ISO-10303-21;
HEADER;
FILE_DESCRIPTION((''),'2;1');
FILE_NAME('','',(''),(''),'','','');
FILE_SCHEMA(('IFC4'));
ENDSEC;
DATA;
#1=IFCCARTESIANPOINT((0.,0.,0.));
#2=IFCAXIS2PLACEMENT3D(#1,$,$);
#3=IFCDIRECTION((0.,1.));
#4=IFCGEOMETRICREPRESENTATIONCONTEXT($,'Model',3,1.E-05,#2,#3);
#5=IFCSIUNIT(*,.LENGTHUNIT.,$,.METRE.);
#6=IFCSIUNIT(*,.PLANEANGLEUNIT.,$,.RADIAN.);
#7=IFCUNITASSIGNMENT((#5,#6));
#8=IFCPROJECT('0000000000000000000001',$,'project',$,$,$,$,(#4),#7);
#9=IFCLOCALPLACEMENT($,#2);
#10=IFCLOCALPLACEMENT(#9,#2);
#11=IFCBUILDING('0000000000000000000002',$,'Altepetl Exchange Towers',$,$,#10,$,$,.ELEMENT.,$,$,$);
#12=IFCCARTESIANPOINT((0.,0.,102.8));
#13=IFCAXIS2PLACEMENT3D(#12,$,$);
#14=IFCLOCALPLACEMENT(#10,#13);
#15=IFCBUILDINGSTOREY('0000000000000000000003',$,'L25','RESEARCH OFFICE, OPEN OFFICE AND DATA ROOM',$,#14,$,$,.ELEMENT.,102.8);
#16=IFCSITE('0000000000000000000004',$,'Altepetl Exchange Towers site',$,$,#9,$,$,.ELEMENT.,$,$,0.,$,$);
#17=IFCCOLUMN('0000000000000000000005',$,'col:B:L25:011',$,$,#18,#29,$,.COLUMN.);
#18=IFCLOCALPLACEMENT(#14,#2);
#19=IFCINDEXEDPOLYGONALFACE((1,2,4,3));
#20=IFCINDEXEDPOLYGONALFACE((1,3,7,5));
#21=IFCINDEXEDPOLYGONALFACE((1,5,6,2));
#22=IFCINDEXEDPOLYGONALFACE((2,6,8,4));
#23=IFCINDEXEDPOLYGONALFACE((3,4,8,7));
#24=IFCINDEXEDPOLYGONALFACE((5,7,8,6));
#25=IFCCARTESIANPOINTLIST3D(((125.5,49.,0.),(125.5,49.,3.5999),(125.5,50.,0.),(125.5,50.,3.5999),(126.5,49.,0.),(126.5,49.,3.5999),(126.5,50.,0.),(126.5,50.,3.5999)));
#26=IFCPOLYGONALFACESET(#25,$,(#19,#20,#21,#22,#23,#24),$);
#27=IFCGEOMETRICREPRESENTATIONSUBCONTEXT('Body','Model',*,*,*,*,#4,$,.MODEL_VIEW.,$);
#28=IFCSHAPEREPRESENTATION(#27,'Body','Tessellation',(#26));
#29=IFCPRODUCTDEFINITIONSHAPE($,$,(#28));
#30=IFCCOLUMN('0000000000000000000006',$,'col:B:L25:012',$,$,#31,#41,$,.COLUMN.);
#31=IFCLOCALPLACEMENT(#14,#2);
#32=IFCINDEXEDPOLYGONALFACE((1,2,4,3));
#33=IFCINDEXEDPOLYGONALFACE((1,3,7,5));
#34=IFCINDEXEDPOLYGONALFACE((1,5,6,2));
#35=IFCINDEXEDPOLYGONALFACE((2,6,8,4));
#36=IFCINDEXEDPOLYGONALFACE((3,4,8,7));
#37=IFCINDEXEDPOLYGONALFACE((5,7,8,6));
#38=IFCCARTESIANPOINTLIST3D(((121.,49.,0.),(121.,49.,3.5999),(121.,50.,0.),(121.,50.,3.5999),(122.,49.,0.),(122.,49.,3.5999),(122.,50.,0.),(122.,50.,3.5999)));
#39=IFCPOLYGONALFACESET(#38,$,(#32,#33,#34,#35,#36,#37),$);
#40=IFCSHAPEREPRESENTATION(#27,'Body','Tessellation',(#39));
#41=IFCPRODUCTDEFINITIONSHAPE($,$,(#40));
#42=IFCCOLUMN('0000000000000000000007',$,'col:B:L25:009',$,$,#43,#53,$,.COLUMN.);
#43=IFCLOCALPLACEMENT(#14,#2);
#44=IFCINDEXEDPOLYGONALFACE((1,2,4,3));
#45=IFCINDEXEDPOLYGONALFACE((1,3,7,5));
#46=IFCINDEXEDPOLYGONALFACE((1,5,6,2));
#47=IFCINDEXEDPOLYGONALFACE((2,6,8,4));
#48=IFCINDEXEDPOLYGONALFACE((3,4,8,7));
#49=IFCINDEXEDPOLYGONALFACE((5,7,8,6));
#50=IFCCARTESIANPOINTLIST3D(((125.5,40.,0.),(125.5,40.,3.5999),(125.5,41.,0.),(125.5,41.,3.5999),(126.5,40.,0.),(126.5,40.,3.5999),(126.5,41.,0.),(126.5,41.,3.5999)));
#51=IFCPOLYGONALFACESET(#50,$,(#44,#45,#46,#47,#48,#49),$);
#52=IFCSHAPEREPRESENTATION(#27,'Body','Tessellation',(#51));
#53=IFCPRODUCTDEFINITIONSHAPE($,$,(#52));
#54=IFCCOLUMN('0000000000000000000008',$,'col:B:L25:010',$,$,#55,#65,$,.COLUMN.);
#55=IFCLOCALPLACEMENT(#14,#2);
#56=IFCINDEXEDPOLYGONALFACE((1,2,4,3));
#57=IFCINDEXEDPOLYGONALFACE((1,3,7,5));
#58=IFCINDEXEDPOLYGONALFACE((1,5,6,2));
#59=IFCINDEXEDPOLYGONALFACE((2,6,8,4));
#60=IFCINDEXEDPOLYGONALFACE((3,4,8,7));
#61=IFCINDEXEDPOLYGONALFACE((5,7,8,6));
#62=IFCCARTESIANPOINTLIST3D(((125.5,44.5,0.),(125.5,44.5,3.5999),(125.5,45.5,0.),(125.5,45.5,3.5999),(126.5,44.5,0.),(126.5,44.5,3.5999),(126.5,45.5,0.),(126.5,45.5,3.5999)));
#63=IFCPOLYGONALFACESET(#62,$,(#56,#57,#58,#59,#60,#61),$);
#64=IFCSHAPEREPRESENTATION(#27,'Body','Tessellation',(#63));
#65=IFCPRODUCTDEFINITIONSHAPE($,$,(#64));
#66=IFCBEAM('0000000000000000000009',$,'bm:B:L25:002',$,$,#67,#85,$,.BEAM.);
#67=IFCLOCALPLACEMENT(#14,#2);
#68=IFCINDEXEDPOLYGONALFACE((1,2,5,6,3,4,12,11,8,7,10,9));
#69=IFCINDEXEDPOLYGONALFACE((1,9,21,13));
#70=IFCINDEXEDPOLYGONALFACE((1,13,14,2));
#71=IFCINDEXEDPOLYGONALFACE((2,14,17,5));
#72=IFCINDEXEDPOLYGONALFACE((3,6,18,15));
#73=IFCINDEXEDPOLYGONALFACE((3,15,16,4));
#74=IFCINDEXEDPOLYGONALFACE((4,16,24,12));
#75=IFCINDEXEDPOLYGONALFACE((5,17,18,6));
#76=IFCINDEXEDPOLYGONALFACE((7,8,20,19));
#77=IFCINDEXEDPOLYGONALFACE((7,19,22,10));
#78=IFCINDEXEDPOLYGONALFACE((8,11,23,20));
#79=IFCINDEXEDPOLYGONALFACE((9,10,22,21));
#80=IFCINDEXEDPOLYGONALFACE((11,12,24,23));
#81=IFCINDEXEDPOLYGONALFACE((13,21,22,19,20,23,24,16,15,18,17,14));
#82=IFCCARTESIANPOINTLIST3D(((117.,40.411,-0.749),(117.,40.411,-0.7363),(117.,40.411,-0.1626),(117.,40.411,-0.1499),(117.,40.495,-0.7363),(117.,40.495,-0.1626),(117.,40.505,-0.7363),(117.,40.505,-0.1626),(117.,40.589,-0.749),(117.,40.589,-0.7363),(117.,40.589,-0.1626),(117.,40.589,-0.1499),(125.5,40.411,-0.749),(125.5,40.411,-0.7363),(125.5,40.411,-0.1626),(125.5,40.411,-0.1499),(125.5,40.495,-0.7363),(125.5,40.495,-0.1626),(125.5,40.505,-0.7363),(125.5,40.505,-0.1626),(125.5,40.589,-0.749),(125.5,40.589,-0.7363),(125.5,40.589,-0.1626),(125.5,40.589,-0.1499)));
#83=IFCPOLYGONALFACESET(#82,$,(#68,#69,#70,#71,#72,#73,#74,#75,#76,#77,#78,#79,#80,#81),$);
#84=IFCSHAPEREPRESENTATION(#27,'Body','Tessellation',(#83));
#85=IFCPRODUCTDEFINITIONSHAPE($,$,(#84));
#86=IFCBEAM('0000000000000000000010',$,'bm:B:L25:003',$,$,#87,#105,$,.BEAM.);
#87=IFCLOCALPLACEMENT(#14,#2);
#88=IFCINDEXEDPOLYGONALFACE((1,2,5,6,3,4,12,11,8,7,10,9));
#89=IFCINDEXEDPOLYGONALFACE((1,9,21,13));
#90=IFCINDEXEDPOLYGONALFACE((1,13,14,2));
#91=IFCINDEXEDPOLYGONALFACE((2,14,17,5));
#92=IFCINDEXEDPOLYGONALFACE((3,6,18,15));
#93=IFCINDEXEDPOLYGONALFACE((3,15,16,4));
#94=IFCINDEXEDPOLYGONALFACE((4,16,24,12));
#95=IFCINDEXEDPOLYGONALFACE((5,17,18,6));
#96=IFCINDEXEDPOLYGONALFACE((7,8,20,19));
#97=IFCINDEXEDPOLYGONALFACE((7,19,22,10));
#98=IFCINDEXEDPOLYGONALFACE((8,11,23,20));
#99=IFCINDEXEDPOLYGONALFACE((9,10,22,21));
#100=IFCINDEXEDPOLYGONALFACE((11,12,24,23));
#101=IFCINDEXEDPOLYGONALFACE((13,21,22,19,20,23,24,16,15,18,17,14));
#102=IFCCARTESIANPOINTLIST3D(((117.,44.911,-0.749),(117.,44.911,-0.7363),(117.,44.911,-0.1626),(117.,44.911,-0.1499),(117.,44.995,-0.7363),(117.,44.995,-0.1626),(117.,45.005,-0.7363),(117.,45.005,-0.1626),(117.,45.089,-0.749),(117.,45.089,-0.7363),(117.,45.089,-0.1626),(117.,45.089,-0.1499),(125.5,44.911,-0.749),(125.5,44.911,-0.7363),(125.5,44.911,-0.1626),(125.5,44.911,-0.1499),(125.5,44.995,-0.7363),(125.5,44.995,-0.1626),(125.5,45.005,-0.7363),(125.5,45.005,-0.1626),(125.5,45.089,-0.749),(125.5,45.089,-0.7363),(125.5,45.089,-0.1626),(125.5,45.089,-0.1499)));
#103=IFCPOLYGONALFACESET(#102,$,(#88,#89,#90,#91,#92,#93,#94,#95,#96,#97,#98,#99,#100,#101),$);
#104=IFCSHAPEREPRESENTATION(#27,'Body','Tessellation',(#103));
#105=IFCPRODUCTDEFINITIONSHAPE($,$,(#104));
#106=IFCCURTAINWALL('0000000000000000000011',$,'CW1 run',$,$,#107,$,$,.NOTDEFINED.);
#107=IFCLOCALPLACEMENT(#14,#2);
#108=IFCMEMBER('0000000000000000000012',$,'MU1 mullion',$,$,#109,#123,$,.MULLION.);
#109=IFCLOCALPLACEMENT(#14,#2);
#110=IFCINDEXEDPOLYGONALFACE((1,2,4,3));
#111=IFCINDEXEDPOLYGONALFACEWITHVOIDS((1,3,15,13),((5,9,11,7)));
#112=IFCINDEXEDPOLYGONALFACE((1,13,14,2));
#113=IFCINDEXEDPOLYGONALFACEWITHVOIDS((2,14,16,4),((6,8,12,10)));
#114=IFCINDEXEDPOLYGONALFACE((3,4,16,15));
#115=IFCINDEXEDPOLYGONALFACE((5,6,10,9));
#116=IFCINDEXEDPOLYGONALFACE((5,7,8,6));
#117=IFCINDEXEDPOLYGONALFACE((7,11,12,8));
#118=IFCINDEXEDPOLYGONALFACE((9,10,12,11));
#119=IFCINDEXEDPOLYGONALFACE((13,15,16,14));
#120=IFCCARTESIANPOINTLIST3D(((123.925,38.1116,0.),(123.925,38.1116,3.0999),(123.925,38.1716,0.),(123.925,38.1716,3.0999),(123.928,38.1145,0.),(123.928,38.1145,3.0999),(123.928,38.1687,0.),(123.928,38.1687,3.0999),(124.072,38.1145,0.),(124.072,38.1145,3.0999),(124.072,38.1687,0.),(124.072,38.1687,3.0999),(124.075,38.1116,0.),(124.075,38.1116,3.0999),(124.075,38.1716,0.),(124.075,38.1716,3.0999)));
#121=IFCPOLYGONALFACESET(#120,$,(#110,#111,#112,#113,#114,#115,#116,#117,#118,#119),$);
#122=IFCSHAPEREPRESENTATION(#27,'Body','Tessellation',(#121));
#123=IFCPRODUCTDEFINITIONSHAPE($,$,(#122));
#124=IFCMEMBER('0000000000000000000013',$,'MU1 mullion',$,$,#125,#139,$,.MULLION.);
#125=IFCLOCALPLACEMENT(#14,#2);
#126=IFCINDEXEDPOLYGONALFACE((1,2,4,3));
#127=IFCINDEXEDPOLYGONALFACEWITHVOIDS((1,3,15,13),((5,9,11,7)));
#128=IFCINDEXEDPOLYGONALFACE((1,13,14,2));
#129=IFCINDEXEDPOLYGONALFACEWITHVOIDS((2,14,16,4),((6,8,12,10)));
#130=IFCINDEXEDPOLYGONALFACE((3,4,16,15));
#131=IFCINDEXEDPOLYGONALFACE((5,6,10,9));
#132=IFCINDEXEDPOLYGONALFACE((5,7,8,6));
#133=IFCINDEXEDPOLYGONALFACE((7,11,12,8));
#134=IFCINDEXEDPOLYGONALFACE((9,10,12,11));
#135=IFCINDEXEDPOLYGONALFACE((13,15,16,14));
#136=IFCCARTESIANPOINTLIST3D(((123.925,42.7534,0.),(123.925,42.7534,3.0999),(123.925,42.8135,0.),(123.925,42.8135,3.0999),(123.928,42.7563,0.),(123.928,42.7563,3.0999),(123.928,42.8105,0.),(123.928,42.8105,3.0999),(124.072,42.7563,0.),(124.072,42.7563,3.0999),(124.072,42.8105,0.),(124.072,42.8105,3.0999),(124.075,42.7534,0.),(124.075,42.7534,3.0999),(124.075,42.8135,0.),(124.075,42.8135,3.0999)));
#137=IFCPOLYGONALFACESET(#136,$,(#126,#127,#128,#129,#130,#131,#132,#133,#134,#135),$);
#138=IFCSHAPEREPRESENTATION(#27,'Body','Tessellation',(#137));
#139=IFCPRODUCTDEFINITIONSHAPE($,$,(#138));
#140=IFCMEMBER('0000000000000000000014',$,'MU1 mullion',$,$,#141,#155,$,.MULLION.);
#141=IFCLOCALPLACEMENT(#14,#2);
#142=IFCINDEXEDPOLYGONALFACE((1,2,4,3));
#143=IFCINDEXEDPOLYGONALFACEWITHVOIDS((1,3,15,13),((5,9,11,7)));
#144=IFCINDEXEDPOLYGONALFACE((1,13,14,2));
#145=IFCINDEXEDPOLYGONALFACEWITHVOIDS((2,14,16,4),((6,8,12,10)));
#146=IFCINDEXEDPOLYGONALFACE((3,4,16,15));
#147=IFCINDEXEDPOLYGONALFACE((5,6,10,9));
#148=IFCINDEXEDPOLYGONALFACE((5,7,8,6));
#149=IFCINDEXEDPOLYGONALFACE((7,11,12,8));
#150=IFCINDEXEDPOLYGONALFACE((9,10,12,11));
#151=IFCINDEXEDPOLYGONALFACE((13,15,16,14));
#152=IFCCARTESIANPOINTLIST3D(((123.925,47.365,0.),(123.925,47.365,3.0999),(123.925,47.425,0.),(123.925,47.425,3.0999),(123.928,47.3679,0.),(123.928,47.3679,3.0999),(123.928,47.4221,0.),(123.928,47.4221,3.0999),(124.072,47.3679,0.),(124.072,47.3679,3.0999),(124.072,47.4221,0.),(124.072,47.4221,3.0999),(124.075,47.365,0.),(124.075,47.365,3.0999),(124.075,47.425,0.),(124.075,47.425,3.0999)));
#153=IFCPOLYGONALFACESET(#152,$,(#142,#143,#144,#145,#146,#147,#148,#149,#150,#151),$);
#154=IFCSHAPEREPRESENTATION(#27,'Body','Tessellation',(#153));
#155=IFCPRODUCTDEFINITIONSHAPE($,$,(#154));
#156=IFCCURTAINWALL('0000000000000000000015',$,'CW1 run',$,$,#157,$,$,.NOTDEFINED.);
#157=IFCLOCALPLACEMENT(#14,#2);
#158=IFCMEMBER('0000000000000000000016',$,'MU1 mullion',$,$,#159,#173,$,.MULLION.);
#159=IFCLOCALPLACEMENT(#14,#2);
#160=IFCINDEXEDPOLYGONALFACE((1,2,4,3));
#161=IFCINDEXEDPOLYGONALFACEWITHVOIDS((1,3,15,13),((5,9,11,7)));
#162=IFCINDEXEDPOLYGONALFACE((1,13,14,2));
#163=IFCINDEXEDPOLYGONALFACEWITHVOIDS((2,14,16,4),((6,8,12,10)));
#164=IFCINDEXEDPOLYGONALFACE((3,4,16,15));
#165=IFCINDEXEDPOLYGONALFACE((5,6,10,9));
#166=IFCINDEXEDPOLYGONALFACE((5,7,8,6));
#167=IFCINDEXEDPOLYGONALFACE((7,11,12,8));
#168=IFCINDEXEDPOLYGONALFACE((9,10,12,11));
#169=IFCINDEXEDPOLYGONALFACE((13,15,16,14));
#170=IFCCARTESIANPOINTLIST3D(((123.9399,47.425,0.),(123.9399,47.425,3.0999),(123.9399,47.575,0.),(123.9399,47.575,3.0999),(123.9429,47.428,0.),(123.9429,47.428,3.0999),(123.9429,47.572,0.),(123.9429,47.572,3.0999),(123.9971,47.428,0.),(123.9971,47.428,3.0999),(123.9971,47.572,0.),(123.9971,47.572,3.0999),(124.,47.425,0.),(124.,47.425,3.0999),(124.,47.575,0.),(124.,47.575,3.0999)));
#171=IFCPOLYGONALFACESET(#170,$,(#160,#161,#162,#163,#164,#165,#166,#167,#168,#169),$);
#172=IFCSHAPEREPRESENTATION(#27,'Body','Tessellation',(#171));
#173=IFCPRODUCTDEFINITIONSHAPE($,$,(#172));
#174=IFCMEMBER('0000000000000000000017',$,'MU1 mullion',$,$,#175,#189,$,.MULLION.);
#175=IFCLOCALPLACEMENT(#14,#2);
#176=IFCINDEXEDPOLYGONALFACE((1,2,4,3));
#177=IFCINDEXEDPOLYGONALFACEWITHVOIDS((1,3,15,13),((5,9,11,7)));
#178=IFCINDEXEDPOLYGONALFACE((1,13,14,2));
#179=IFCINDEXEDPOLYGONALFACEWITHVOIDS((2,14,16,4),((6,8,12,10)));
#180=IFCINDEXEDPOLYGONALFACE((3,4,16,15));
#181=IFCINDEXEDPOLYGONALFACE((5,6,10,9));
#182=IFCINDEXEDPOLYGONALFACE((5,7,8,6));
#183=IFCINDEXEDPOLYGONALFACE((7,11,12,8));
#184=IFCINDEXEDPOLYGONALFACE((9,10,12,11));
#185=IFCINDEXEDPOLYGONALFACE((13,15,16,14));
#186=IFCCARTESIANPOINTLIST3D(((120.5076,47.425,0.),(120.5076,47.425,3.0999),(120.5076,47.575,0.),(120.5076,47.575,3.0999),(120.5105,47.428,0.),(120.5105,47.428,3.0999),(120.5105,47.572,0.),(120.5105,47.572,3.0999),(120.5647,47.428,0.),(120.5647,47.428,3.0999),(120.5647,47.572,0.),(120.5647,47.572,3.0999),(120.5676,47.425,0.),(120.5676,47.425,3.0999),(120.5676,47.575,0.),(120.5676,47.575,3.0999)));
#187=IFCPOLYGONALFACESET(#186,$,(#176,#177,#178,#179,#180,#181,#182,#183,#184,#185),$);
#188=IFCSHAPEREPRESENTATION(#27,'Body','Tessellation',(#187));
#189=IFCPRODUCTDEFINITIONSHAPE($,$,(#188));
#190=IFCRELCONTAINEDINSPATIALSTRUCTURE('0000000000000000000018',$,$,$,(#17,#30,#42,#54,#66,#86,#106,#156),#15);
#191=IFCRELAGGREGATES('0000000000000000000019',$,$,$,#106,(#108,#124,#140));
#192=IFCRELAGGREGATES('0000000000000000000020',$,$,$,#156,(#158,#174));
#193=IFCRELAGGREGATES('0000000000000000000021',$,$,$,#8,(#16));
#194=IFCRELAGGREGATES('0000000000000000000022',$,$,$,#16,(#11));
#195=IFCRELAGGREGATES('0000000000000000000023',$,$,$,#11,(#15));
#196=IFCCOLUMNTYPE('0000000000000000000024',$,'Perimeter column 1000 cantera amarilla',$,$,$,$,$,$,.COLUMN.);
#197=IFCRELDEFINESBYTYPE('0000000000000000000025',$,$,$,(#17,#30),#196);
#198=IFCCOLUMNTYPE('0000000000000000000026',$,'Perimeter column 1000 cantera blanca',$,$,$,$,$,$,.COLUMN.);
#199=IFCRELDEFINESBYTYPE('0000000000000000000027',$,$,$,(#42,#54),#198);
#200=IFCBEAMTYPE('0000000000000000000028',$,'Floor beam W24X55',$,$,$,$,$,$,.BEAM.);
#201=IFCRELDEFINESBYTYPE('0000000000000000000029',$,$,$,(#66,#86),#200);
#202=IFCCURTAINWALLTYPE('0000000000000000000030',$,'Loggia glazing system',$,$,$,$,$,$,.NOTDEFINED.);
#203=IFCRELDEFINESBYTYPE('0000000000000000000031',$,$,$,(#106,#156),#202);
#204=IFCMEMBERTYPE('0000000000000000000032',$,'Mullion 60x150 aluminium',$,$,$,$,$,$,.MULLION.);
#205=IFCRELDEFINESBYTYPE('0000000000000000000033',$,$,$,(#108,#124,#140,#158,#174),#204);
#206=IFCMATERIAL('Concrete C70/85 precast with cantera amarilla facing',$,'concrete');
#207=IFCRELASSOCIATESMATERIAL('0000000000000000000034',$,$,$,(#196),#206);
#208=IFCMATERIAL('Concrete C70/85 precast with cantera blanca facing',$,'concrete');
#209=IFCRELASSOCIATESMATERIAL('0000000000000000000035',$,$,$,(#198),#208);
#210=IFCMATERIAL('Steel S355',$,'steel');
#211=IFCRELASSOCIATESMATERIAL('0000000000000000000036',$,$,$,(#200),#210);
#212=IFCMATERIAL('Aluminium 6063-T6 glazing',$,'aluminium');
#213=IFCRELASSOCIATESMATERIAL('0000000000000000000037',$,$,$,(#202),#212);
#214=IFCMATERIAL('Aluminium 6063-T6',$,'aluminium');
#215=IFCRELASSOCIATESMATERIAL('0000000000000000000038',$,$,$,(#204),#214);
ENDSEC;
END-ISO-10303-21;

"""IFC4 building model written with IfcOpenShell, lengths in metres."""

from ifc_helpers import new_model, si_unit, direction, frame, origin, origin_2d, place, context, subcontext, project, spatial, rectangle, hollow_rectangle, i_section, extrude, material, material_profile, profile_set, type_object, element, aggregate, save


model = new_model("IFC4")

# Units and contexts
model_context = context("Model", 3, precision=1e-05, world=origin(), true_north=direction((0.0, 1.0)))
body_context = subcontext(model_context, "Body", "Model", "MODEL_VIEW")
ifc_project = project(units=[si_unit("LENGTHUNIT", "METRE"), si_unit("PLANEANGLEUNIT", "RADIAN")], contexts=[model_context])

# Site, building, storey
site_placement = place(None, origin())
site = spatial("IfcSite", under=ifc_project, at=site_placement, Name="Altepetl Exchange Towers site", CompositionType="ELEMENT", RefElevation=0.0)
building_placement = place(site_placement, origin())
building = spatial("IfcBuilding", under=site, at=building_placement, Name="Altepetl Exchange Towers", CompositionType="ELEMENT")
storey_placement = place(building_placement, frame((0.0, 0.0, 102.8)))
storey = spatial("IfcBuildingStorey", under=building, at=storey_placement, Name="L25", Description="RESEARCH OFFICE, OPEN OFFICE AND DATA ROOM", CompositionType="ELEMENT", Elevation=102.8)

# Columns
ifc_material_1 = material(Name="Concrete C70/85 precast with cantera amarilla facing", Category="concrete")
ifc_material_profile_1 = material_profile(ifc_material_1, rectangle(XDim=1.0, YDim=1.0, at=origin_2d()), Name="1000 x 1000")
ifc_profile_set_1 = profile_set([ifc_material_profile_1], Name="Concrete C70/85 precast with cantera amarilla facing")
column_type_1 = type_object("IfcColumnType", Name="Perimeter column 1000 cantera amarilla", PredefinedType="COLUMN", material=ifc_profile_set_1)
for number, where, name in (
    (1, (126.0, 49.5, 0.0), "col:B:L25:011"),
    (2, (121.5, 49.5, 0.0), "col:B:L25:012"),
):
    element("IfcColumn", number, at=place(storey_placement, frame(where)), inside=storey, type_object=column_type_1, Name=name, PredefinedType="COLUMN", context=body_context, shape_type="SweptSolid", body=[
        extrude(rectangle(XDim=1.0, YDim=1.0, at=origin_2d()), origin(), (0.0, 0.0, 1.0), 3.5999),
    ])
ifc_material_2 = material(Name="Concrete C70/85 precast with cantera blanca facing", Category="concrete")
ifc_material_profile_2 = material_profile(ifc_material_2, rectangle(XDim=1.0, YDim=1.0, at=origin_2d()), Name="1000 x 1000")
ifc_profile_set_2 = profile_set([ifc_material_profile_2], Name="Concrete C70/85 precast with cantera blanca facing")
column_type_2 = type_object("IfcColumnType", Name="Perimeter column 1000 cantera blanca", PredefinedType="COLUMN", material=ifc_profile_set_2)
for number, where, name in (
    (3, (126.0, 40.5, 0.0), "col:B:L25:009"),
    (4, (126.0, 45.0, 0.0), "col:B:L25:010"),
):
    element("IfcColumn", number, at=place(storey_placement, frame(where)), inside=storey, type_object=column_type_2, Name=name, PredefinedType="COLUMN", context=body_context, shape_type="SweptSolid", body=[
        extrude(rectangle(XDim=1.0, YDim=1.0, at=origin_2d()), origin(), (0.0, 0.0, 1.0), 3.5999),
    ])

# Beams
ifc_material_3 = material(Name="Steel S355", Category="steel")
ifc_material_profile_3 = material_profile(ifc_material_3, i_section(OverallWidth=0.178, OverallDepth=0.5991, WebThickness=0.01, FlangeThickness=0.0127, at=origin_2d()), Name="W24X55")
ifc_profile_set_3 = profile_set([ifc_material_profile_3], Name="Steel S355")
beam_type_1 = type_object("IfcBeamType", Name="Floor beam W24X55", PredefinedType="BEAM", material=ifc_profile_set_3)
for number, where, z_axis, x_axis, name in (
    (5, (117.0, 40.5, -0.4495), (1.0, 0.0, 0.0), (0.0, 1.0, 0.0), "bm:B:L25:002"),
    (6, (117.0, 45.0, -0.4495), (1.0, 0.0, 0.0), (0.0, 1.0, 0.0), "bm:B:L25:003"),
):
    element("IfcBeam", number, at=place(storey_placement, frame(where, z_axis=z_axis, x_axis=x_axis)), inside=storey, type_object=beam_type_1, Name=name, PredefinedType="BEAM", context=body_context, shape_type="SweptSolid", body=[
        extrude(i_section(OverallWidth=0.178, OverallDepth=0.5991, WebThickness=0.01, FlangeThickness=0.0127, at=origin_2d()), origin(), (0.0, 0.0, 1.0), 8.5),
    ])

# Curtain walls, members
ifc_material_4 = material(Name="Aluminium 6063-T6 glazing", Category="aluminium")
curtain_wall_type = type_object("IfcCurtainWallType", Name="Loggia glazing system", PredefinedType="NOTDEFINED", material=ifc_material_4)
curtain_wall_1_placement = place(storey_placement, origin())
curtain_wall_1 = element("IfcCurtainWall", 7, at=curtain_wall_1_placement, inside=storey, type_object=curtain_wall_type, Name="CW1 run", PredefinedType="NOTDEFINED")
ifc_material_5 = material(Name="Aluminium 6063-T6", Category="aluminium")
ifc_material_profile_4 = material_profile(ifc_material_5, hollow_rectangle(XDim=0.0601, YDim=0.1499, WallThickness=0.0029, at=origin_2d()), Name="Mullion 60x150 aluminium")
ifc_profile_set_4 = profile_set([ifc_material_profile_4], Name="Aluminium 6063-T6")
member_type = type_object("IfcMemberType", Name="Mullion 60x150 aluminium", PredefinedType="MULLION", material=ifc_profile_set_4)
member_1_placement = place(storey_placement, frame((124.0, 38.1416, 0.0), z_axis=(0.0, 0.0, 1.0), x_axis=(0.0, 1.0, 0.0)))
member_1 = element("IfcMember", 8, at=member_1_placement, type_object=member_type, Name="MU1 mullion", PredefinedType="MULLION", context=body_context, shape_type="SweptSolid", body=[
    extrude(hollow_rectangle(XDim=0.0601, YDim=0.1499, WallThickness=0.0029, at=origin_2d()), origin(), (0.0, 0.0, 1.0), 3.0999),
])
member_2_placement = place(storey_placement, frame((124.0, 42.7834, 0.0), z_axis=(0.0, 0.0, 1.0), x_axis=(0.0, 1.0, 0.0)))
member_2 = element("IfcMember", 9, at=member_2_placement, type_object=member_type, Name="MU1 mullion", PredefinedType="MULLION", context=body_context, shape_type="SweptSolid", body=[
    extrude(hollow_rectangle(XDim=0.0601, YDim=0.1499, WallThickness=0.0029, at=origin_2d()), origin(), (0.0, 0.0, 1.0), 3.0999),
])
member_3_placement = place(storey_placement, frame((124.0, 47.395, 0.0), z_axis=(0.0, 0.0, 1.0), x_axis=(0.0, 1.0, 0.0)))
member_3 = element("IfcMember", 10, at=member_3_placement, type_object=member_type, Name="MU1 mullion", PredefinedType="MULLION", context=body_context, shape_type="SweptSolid", body=[
    extrude(hollow_rectangle(XDim=0.0601, YDim=0.1499, WallThickness=0.0029, at=origin_2d()), origin(), (0.0, 0.0, 1.0), 3.0999),
])
curtain_wall_2_placement = place(storey_placement, origin())
curtain_wall_2 = element("IfcCurtainWall", 11, at=curtain_wall_2_placement, inside=storey, type_object=curtain_wall_type, Name="CW1 run", PredefinedType="NOTDEFINED")
member_4_placement = place(storey_placement, frame((123.97, 47.5, 0.0), z_axis=(0.0, 0.0, 1.0), x_axis=(-1.0, 0.0, 0.0)))
member_4 = element("IfcMember", 12, at=member_4_placement, type_object=member_type, Name="MU1 mullion", PredefinedType="MULLION", context=body_context, shape_type="SweptSolid", body=[
    extrude(hollow_rectangle(XDim=0.0601, YDim=0.1499, WallThickness=0.0029, at=origin_2d()), origin(), (0.0, 0.0, 1.0), 3.0999),
])
member_5_placement = place(storey_placement, frame((120.5376, 47.5, 0.0), z_axis=(0.0, 0.0, 1.0), x_axis=(-1.0, 0.0, 0.0)))
member_5 = element("IfcMember", 13, at=member_5_placement, type_object=member_type, Name="MU1 mullion", PredefinedType="MULLION", context=body_context, shape_type="SweptSolid", body=[
    extrude(hollow_rectangle(XDim=0.0601, YDim=0.1499, WallThickness=0.0029, at=origin_2d()), origin(), (0.0, 0.0, 1.0), 3.0999),
])

aggregate(curtain_wall_1, [member_1, member_2, member_3])
aggregate(curtain_wall_2, [member_4, member_5])

save(model, "model.ifc")
